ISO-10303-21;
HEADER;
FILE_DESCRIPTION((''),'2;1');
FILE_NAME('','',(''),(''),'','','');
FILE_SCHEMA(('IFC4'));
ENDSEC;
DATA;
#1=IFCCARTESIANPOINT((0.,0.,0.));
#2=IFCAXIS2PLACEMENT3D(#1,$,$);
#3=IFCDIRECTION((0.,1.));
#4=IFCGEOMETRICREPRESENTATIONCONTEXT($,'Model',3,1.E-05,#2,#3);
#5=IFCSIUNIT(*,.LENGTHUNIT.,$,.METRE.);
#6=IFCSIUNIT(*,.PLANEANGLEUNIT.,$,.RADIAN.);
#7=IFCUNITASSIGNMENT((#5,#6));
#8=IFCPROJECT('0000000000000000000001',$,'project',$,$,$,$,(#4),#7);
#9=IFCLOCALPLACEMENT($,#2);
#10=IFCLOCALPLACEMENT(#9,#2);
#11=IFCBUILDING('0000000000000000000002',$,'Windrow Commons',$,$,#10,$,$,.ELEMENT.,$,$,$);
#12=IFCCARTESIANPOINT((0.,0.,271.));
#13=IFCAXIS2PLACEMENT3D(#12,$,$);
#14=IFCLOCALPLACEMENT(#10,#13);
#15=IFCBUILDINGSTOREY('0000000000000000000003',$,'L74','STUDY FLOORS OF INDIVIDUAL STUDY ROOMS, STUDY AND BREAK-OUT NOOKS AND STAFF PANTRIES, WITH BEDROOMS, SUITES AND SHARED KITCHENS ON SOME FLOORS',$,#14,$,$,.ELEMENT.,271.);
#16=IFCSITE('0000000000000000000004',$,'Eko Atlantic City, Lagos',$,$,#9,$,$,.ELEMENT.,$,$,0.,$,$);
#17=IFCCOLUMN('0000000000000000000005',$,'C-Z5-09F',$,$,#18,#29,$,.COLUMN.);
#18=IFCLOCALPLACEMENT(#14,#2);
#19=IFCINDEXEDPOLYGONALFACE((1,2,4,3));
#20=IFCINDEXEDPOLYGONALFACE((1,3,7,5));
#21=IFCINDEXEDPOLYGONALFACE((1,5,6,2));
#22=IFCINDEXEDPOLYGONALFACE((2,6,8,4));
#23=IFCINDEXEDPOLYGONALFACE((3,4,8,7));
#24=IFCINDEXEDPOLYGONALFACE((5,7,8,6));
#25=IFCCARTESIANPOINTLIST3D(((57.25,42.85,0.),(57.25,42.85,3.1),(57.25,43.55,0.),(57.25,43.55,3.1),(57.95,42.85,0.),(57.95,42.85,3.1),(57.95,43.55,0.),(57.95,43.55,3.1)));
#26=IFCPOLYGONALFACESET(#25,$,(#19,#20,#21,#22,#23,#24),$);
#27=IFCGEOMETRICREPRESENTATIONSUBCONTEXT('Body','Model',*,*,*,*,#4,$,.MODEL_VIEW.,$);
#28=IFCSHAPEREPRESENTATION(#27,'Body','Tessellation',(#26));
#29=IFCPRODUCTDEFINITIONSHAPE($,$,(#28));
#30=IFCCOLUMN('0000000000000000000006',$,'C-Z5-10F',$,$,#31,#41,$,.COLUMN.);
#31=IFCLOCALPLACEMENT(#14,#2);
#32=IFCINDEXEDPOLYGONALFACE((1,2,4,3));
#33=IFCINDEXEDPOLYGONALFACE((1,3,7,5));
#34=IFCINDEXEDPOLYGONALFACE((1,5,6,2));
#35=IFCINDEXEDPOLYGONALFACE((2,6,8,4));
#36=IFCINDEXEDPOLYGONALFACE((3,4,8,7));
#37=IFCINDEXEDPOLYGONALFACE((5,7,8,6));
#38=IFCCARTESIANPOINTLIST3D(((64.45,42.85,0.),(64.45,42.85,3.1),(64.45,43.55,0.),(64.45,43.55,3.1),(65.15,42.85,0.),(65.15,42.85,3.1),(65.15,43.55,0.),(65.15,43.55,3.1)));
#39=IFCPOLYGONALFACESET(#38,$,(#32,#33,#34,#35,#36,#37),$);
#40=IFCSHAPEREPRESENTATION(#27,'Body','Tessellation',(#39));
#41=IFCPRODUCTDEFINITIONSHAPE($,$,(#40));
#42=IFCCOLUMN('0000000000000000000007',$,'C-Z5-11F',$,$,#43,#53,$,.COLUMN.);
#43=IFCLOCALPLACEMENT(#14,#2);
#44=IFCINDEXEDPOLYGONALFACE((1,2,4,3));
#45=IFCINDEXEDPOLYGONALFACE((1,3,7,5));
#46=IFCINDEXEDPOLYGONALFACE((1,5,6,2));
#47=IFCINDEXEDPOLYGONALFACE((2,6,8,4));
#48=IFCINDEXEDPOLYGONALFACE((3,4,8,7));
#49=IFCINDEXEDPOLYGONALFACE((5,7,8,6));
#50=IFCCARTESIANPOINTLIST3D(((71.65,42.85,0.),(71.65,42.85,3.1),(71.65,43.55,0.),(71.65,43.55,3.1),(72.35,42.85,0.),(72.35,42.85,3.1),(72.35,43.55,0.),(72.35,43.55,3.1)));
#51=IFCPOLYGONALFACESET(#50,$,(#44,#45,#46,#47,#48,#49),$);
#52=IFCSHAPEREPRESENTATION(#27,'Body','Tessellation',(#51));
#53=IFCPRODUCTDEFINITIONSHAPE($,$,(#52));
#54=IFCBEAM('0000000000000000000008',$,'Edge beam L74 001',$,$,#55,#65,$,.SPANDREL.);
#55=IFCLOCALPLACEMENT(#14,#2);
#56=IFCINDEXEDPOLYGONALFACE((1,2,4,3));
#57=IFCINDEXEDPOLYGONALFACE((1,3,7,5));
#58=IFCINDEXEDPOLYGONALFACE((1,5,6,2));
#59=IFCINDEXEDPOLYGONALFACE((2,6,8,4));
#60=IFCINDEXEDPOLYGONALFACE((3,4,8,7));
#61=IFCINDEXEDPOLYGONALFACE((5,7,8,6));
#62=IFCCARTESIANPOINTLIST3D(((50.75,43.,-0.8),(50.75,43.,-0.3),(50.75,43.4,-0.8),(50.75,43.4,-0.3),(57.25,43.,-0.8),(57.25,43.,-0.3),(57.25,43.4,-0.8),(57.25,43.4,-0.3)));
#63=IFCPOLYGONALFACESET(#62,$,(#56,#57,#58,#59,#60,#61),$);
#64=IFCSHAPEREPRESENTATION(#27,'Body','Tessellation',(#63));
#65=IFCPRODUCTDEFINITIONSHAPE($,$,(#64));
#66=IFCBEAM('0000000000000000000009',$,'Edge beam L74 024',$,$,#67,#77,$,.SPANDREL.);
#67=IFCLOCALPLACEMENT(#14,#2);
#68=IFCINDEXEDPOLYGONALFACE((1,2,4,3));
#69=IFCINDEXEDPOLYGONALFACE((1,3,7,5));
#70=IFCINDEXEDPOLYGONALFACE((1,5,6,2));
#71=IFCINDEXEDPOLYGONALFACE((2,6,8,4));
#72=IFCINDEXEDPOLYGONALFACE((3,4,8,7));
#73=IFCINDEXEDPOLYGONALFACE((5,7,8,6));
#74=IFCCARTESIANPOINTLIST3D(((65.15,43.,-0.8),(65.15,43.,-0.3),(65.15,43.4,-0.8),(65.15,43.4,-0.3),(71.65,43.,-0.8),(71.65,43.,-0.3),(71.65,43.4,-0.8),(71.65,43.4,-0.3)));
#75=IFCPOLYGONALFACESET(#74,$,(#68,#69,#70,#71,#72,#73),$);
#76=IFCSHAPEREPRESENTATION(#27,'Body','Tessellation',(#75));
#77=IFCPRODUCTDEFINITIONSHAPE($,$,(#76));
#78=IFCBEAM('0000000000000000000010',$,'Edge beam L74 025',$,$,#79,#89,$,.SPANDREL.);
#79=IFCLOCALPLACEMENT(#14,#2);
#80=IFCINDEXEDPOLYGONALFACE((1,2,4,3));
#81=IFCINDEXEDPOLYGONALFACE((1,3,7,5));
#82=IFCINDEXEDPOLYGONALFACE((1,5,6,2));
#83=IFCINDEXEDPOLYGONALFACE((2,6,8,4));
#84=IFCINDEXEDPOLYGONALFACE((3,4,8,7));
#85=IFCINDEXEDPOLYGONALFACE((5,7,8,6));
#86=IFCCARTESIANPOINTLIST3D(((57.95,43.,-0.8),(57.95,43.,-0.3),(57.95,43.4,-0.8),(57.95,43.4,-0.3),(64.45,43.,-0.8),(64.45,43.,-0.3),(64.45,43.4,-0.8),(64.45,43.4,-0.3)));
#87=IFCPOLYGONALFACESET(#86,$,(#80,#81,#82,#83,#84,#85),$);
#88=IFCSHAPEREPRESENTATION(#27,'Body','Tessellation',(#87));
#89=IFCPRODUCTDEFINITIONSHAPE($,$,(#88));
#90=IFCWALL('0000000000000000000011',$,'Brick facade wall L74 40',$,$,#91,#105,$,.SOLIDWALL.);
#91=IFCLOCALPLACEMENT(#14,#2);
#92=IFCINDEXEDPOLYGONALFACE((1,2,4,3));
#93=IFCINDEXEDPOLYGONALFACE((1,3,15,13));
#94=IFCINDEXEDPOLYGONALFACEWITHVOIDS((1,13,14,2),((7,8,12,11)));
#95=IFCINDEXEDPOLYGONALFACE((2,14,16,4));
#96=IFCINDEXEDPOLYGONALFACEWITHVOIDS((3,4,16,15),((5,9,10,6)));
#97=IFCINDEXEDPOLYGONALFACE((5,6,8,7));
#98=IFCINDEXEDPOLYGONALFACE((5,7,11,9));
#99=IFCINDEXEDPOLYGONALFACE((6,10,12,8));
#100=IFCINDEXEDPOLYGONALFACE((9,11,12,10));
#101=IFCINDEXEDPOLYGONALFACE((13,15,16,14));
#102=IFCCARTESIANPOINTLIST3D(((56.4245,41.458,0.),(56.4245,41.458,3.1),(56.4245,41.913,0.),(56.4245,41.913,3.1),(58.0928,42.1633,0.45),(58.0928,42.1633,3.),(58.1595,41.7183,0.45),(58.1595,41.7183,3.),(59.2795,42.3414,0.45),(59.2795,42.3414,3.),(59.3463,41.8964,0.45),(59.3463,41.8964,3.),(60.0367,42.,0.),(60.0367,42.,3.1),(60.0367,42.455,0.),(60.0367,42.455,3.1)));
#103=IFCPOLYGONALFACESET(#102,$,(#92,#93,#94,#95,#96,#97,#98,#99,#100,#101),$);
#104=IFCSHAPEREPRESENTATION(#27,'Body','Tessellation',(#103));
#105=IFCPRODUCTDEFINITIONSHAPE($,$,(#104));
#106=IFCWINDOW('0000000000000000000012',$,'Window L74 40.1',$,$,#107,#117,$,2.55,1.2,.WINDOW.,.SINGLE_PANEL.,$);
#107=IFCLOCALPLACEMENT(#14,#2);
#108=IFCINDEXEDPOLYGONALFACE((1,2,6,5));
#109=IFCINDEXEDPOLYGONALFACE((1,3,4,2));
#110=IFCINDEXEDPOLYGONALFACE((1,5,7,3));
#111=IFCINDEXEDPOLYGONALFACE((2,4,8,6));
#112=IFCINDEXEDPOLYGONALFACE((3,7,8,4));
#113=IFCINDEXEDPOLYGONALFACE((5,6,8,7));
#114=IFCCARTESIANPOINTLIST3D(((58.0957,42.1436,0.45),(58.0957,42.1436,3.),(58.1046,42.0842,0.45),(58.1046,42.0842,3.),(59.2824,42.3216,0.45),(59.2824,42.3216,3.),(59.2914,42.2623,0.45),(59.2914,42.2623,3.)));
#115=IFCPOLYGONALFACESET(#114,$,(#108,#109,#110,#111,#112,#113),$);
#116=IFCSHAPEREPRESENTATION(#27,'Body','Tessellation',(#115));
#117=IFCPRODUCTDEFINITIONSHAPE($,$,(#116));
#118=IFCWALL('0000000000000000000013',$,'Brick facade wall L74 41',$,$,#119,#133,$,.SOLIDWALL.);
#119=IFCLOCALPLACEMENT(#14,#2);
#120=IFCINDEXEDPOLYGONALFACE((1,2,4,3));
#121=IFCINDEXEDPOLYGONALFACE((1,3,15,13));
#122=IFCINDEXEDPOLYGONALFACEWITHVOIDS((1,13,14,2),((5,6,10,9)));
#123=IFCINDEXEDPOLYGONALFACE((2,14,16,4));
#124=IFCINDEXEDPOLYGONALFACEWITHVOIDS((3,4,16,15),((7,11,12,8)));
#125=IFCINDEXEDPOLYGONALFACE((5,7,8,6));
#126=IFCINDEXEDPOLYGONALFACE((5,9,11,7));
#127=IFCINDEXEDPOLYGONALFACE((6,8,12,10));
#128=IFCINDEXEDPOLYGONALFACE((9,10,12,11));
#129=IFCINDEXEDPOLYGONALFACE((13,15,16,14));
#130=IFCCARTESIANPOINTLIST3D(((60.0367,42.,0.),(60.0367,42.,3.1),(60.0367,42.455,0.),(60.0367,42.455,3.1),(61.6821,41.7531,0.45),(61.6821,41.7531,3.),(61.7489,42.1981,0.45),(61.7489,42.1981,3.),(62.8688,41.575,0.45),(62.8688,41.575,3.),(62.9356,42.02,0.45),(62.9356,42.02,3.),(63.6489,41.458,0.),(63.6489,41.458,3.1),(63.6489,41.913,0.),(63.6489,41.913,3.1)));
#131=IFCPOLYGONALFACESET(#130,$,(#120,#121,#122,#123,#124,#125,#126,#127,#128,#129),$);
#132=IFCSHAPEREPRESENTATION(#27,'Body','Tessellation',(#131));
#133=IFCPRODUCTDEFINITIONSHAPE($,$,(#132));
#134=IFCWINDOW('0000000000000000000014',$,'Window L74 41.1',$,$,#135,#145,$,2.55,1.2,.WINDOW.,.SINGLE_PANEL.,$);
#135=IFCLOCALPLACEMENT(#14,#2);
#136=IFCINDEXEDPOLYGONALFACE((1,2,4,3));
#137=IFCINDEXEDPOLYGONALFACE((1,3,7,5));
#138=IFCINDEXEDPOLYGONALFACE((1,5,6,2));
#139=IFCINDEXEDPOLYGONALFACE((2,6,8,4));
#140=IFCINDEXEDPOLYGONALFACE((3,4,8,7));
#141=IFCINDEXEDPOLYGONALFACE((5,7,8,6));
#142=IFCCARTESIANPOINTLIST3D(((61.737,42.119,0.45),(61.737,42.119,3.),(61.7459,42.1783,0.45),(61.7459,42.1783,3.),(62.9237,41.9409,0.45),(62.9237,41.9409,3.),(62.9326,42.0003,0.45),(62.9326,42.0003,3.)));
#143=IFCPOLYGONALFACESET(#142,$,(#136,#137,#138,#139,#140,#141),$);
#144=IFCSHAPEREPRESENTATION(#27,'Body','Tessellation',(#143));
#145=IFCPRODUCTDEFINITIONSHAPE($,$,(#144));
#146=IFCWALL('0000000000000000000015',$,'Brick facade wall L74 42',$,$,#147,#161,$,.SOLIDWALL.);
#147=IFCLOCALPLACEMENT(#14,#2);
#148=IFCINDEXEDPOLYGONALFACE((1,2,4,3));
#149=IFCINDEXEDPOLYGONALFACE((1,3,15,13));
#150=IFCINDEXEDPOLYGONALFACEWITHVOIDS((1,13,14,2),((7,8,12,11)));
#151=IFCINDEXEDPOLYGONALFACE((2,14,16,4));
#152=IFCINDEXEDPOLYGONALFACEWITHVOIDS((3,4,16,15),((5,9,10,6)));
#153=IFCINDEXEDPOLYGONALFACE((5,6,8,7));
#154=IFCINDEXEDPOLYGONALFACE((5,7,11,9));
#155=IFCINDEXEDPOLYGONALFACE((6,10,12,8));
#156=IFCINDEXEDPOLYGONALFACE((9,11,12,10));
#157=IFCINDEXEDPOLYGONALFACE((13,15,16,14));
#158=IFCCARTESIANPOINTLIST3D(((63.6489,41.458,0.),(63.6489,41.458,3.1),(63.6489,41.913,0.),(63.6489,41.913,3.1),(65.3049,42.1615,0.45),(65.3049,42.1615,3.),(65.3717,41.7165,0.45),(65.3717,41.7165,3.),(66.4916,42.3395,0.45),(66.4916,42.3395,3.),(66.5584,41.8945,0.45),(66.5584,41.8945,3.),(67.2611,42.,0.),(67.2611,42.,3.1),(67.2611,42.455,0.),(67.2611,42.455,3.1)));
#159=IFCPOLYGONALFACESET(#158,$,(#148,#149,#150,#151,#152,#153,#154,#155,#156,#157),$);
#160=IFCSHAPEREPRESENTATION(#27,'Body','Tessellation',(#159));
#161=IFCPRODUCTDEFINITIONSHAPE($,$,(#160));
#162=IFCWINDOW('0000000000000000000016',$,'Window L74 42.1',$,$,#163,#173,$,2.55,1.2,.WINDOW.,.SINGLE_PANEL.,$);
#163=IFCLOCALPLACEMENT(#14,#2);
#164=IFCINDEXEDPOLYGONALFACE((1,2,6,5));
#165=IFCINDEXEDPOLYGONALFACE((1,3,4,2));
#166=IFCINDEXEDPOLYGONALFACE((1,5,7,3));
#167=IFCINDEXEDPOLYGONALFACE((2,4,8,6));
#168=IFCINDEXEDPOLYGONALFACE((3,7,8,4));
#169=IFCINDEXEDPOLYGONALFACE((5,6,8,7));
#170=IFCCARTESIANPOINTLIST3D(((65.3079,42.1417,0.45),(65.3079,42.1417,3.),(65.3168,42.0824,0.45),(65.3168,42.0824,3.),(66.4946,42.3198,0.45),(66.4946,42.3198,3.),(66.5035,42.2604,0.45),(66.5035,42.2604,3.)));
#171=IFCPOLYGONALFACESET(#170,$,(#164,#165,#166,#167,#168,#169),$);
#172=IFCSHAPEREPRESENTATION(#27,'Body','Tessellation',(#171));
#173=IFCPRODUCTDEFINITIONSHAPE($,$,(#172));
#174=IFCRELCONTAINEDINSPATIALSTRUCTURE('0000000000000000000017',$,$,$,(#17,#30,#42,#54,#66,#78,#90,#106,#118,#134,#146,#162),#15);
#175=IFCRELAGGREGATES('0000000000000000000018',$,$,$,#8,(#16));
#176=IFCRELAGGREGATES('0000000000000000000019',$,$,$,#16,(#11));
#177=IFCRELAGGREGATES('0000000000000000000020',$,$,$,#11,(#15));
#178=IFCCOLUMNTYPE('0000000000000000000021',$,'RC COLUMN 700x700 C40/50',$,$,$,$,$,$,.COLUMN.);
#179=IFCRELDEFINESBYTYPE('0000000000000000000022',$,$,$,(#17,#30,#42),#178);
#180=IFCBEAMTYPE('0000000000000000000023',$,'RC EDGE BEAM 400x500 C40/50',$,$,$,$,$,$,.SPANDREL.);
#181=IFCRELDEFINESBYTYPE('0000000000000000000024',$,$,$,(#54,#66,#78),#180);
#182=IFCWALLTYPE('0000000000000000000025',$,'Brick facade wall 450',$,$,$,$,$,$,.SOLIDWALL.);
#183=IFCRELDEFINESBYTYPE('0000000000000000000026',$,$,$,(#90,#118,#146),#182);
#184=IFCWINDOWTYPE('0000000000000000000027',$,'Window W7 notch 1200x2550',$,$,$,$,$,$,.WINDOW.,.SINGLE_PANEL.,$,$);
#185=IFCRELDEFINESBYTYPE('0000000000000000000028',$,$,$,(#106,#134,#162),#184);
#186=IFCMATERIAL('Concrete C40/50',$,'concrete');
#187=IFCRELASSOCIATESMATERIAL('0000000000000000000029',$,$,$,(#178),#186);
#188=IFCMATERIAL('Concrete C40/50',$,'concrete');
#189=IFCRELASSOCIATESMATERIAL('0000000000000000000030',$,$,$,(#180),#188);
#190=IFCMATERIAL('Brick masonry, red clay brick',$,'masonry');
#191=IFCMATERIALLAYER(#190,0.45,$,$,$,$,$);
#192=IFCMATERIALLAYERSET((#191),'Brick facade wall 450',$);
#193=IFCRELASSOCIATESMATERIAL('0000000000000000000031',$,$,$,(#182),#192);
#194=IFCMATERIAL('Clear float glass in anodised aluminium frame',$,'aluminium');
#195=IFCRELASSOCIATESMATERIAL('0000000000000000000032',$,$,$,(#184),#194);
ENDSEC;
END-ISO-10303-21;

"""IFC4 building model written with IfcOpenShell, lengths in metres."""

from ifc_helpers import new_model, si_unit, direction, frame, frame_2d, origin, origin_2d, place, context, subcontext, project, spatial, polyline, rectangle, outline, extrude, material, layer, layer_set, material_profile, profile_set, type_object, element, fill, save


model = new_model("IFC4")

# Units and contexts
model_context = context("Model", 3, precision=1e-05, world=origin(), true_north=direction((0.0, 1.0)))
body_context = subcontext(model_context, "Body", "Model", "MODEL_VIEW")
ifc_project = project(units=[si_unit("LENGTHUNIT", "METRE"), si_unit("PLANEANGLEUNIT", "RADIAN")], contexts=[model_context])

# Site, building, storey
site_placement = place(None, origin())
site = spatial("IfcSite", under=ifc_project, at=site_placement, Name="Eko Atlantic City, Lagos", CompositionType="ELEMENT", RefElevation=0.0)
building_placement = place(site_placement, origin())
building = spatial("IfcBuilding", under=site, at=building_placement, Name="Windrow Commons", CompositionType="ELEMENT")
storey_placement = place(building_placement, frame((0.0, 0.0, 271.0)))
storey = spatial("IfcBuildingStorey", under=building, at=storey_placement, Name="L74", Description="STUDY FLOORS OF INDIVIDUAL STUDY ROOMS, STUDY AND BREAK-OUT NOOKS AND STAFF PANTRIES, WITH BEDROOMS, SUITES AND SHARED KITCHENS ON SOME FLOORS", CompositionType="ELEMENT", Elevation=271.0)

# Columns
ifc_material_1 = material(Name="Concrete C40/50", Category="concrete")
ifc_material_profile_1 = material_profile(ifc_material_1, rectangle(XDim=0.7, YDim=0.7, at=origin_2d()))
ifc_profile_set_1 = profile_set([ifc_material_profile_1], Name="Concrete C40/50")
column_type = type_object("IfcColumnType", Name="RC COLUMN 700x700 C40/50", PredefinedType="COLUMN", material=ifc_profile_set_1)
for number, where, z_axis, x_axis, name in (
    (1, (57.6, 43.2, 0.0), (0.0, 0.0, 1.0), (1.0, 0.0, 0.0), "C-Z5-09F"),
    (2, (64.8, 43.2, 0.0), (0.0, 0.0, 1.0), (1.0, 0.0, 0.0), "C-Z5-10F"),
    (3, (72.0, 43.2, 0.0), (0.0, 0.0, 1.0), (1.0, 0.0, 0.0), "C-Z5-11F"),
):
    element("IfcColumn", number, at=place(storey_placement, frame(where, z_axis=z_axis, x_axis=x_axis)), inside=storey, type_object=column_type, Name=name, PredefinedType="COLUMN", context=body_context, shape_type="SweptSolid", body=[
        extrude(rectangle(XDim=0.7, YDim=0.7, at=origin_2d()), origin(), (0.0, 0.0, 1.0), 3.1),
    ])

# Beams
ifc_material_2 = material(Name="Concrete C40/50", Category="concrete")
ifc_material_profile_2 = material_profile(ifc_material_2, rectangle(XDim=0.4, YDim=0.5, at=origin_2d()))
ifc_profile_set_2 = profile_set([ifc_material_profile_2], Name="Concrete C40/50")
beam_type = type_object("IfcBeamType", Name="RC EDGE BEAM 400x500 C40/50", PredefinedType="SPANDREL", material=ifc_profile_set_2)
for number, where, z_axis, x_axis, name in (
    (4, (57.25, 43.2, -0.55), (-1.0, 0.0, 0.0), (0.0, -1.0, 0.0), "Edge beam L74 001"),
    (5, (71.65, 43.2, -0.55), (-1.0, 0.0, 0.0), (0.0, -1.0, 0.0), "Edge beam L74 024"),
    (6, (64.45, 43.2, -0.55), (-1.0, 0.0, 0.0), (0.0, -1.0, 0.0), "Edge beam L74 025"),
):
    element("IfcBeam", number, at=place(storey_placement, frame(where, z_axis=z_axis, x_axis=x_axis)), inside=storey, type_object=beam_type, Name=name, PredefinedType="SPANDREL", context=body_context, shape_type="SweptSolid", body=[
        extrude(rectangle(XDim=0.4, YDim=0.5, at=origin_2d()), origin(), (0.0, 0.0, 1.0), 6.5),
    ])

# Walls, openings, windows
ifc_material_3 = material(Name="Brick masonry, red clay brick", Category="masonry")
ifc_layer_1 = layer(ifc_material_3, 0.45)
ifc_layer_set_1 = layer_set([ifc_layer_1], Name="Brick facade wall 450")
wall_type_1 = type_object("IfcWallType", Name="Brick facade wall 450", PredefinedType="SOLIDWALL", material=ifc_layer_set_1)
wall_1_placement = place(storey_placement, frame((56.4245, 41.6855, 0.0), z_axis=(0.0, 0.0, 1.0), x_axis=(0.98893, 0.148386, 0.0)))
wall_1 = element("IfcWall", 7, at=wall_1_placement, inside=storey, type_object=wall_type_1, Name="Brick facade wall L74 40", PredefinedType="SOLIDWALL", context=body_context, shape_type="SweptSolid", body=[
    extrude(outline(polyline([(-0.0338, -0.225), (3.6189, -0.225), (3.6864, 0.225), (0.0338, 0.225), (-0.0338, -0.225)])), origin(), (0.0, 0.0, 1.0), 3.1),
])
opening_1_placement = place(wall_1_placement, frame((1.7207, 0.0, 0.45)))
opening_1 = element("IfcOpeningElement", 8, at=opening_1_placement, cuts=wall_1, PredefinedType="OPENING", context=body_context, shape_type="SweptSolid", body=[
    extrude(rectangle(XDim=1.2, YDim=2.55, at=frame_2d((0.6, 1.275))), frame((0.0, 0.235, 0.0), z_axis=(0.0, -1.0, 0.0), x_axis=(1.0, 0.0, 0.0)), (0.0, 0.0, 1.0), 0.47),
])
ifc_material_4 = material(Name="Clear float glass in anodised aluminium frame", Category="aluminium")
window_type = type_object("IfcWindowType", Name="Window W7 notch 1200x2550", PartitioningType="SINGLE_PANEL", PredefinedType="WINDOW", material=ifc_material_4)
window_1_placement = place(opening_1_placement, origin())
window_1 = element("IfcWindow", 9, at=window_1_placement, inside=storey, type_object=window_type, Name="Window L74 40.1", OverallHeight=2.55, OverallWidth=1.2, PartitioningType="SINGLE_PANEL", PredefinedType="WINDOW", context=body_context, shape_type="SweptSolid", body=[
    extrude(rectangle(XDim=1.2, YDim=2.55, at=frame_2d((0.6, 1.275))), frame((0.0, 0.205, 0.0), z_axis=(0.0, -1.0, 0.0), x_axis=(1.0, 0.0, 0.0)), (0.0, 0.0, 1.0), 0.06),
])
fill(opening_1, window_1)
wall_2_placement = place(storey_placement, frame((60.0367, 42.2275, 0.0), z_axis=(0.0, 0.0, 1.0), x_axis=(0.98893, -0.148386, 0.0)))
wall_2 = element("IfcWall", 10, at=wall_2_placement, inside=storey, type_object=wall_type_1, Name="Brick facade wall L74 41", PredefinedType="SOLIDWALL", context=body_context, shape_type="SweptSolid", body=[
    extrude(outline(polyline([(0.0338, -0.225), (3.6864, -0.225), (3.6189, 0.225), (-0.0338, 0.225), (0.0338, -0.225)])), origin(), (0.0, 0.0, 1.0), 3.1),
])
opening_2_placement = place(wall_2_placement, frame((1.6976, 0.0, 0.45)))
opening_2 = element("IfcOpeningElement", 11, at=opening_2_placement, cuts=wall_2, PredefinedType="OPENING", context=body_context, shape_type="SweptSolid", body=[
    extrude(rectangle(XDim=1.2, YDim=2.55, at=frame_2d((0.6, 1.275))), frame((0.0, 0.235, 0.0), z_axis=(0.0, -1.0, 0.0), x_axis=(1.0, 0.0, 0.0)), (0.0, 0.0, 1.0), 0.47),
])
window_2_placement = place(opening_2_placement, origin())
window_2 = element("IfcWindow", 12, at=window_2_placement, inside=storey, type_object=window_type, Name="Window L74 41.1", OverallHeight=2.55, OverallWidth=1.2, PartitioningType="SINGLE_PANEL", PredefinedType="WINDOW", context=body_context, shape_type="SweptSolid", body=[
    extrude(rectangle(XDim=1.2, YDim=2.55, at=frame_2d((0.6, 1.275))), frame((0.0, 0.205, 0.0), z_axis=(0.0, -1.0, 0.0), x_axis=(1.0, 0.0, 0.0)), (0.0, 0.0, 1.0), 0.06),
])
fill(opening_2, window_2)
wall_3_placement = place(storey_placement, frame((63.6489, 41.6855, 0.0), z_axis=(0.0, 0.0, 1.0), x_axis=(0.98893, 0.148382, 0.0)))
wall_3 = element("IfcWall", 13, at=wall_3_placement, inside=storey, type_object=wall_type_1, Name="Brick facade wall L74 42", PredefinedType="SOLIDWALL", context=body_context, shape_type="SweptSolid", body=[
    extrude(outline(polyline([(-0.0338, -0.225), (3.6189, -0.225), (3.6864, 0.225), (0.0338, 0.225), (-0.0338, -0.225)])), origin(), (0.0, 0.0, 1.0), 3.1),
])
opening_3_placement = place(wall_3_placement, frame((1.7083, 0.0, 0.45)))
opening_3 = element("IfcOpeningElement", 14, at=opening_3_placement, cuts=wall_3, PredefinedType="OPENING", context=body_context, shape_type="SweptSolid", body=[
    extrude(rectangle(XDim=1.2, YDim=2.55, at=frame_2d((0.6, 1.275))), frame((0.0, 0.235, 0.0), z_axis=(0.0, -1.0, 0.0), x_axis=(1.0, 0.0, 0.0)), (0.0, 0.0, 1.0), 0.47),
])
window_3_placement = place(opening_3_placement, origin())
window_3 = element("IfcWindow", 15, at=window_3_placement, inside=storey, type_object=window_type, Name="Window L74 42.1", OverallHeight=2.55, OverallWidth=1.2, PartitioningType="SINGLE_PANEL", PredefinedType="WINDOW", context=body_context, shape_type="SweptSolid", body=[
    extrude(rectangle(XDim=1.2, YDim=2.55, at=frame_2d((0.6, 1.275))), frame((0.0, 0.205, 0.0), z_axis=(0.0, -1.0, 0.0), x_axis=(1.0, 0.0, 0.0)), (0.0, 0.0, 1.0), 0.06),
])
fill(opening_3, window_3)

save(model, "model.ifc")
